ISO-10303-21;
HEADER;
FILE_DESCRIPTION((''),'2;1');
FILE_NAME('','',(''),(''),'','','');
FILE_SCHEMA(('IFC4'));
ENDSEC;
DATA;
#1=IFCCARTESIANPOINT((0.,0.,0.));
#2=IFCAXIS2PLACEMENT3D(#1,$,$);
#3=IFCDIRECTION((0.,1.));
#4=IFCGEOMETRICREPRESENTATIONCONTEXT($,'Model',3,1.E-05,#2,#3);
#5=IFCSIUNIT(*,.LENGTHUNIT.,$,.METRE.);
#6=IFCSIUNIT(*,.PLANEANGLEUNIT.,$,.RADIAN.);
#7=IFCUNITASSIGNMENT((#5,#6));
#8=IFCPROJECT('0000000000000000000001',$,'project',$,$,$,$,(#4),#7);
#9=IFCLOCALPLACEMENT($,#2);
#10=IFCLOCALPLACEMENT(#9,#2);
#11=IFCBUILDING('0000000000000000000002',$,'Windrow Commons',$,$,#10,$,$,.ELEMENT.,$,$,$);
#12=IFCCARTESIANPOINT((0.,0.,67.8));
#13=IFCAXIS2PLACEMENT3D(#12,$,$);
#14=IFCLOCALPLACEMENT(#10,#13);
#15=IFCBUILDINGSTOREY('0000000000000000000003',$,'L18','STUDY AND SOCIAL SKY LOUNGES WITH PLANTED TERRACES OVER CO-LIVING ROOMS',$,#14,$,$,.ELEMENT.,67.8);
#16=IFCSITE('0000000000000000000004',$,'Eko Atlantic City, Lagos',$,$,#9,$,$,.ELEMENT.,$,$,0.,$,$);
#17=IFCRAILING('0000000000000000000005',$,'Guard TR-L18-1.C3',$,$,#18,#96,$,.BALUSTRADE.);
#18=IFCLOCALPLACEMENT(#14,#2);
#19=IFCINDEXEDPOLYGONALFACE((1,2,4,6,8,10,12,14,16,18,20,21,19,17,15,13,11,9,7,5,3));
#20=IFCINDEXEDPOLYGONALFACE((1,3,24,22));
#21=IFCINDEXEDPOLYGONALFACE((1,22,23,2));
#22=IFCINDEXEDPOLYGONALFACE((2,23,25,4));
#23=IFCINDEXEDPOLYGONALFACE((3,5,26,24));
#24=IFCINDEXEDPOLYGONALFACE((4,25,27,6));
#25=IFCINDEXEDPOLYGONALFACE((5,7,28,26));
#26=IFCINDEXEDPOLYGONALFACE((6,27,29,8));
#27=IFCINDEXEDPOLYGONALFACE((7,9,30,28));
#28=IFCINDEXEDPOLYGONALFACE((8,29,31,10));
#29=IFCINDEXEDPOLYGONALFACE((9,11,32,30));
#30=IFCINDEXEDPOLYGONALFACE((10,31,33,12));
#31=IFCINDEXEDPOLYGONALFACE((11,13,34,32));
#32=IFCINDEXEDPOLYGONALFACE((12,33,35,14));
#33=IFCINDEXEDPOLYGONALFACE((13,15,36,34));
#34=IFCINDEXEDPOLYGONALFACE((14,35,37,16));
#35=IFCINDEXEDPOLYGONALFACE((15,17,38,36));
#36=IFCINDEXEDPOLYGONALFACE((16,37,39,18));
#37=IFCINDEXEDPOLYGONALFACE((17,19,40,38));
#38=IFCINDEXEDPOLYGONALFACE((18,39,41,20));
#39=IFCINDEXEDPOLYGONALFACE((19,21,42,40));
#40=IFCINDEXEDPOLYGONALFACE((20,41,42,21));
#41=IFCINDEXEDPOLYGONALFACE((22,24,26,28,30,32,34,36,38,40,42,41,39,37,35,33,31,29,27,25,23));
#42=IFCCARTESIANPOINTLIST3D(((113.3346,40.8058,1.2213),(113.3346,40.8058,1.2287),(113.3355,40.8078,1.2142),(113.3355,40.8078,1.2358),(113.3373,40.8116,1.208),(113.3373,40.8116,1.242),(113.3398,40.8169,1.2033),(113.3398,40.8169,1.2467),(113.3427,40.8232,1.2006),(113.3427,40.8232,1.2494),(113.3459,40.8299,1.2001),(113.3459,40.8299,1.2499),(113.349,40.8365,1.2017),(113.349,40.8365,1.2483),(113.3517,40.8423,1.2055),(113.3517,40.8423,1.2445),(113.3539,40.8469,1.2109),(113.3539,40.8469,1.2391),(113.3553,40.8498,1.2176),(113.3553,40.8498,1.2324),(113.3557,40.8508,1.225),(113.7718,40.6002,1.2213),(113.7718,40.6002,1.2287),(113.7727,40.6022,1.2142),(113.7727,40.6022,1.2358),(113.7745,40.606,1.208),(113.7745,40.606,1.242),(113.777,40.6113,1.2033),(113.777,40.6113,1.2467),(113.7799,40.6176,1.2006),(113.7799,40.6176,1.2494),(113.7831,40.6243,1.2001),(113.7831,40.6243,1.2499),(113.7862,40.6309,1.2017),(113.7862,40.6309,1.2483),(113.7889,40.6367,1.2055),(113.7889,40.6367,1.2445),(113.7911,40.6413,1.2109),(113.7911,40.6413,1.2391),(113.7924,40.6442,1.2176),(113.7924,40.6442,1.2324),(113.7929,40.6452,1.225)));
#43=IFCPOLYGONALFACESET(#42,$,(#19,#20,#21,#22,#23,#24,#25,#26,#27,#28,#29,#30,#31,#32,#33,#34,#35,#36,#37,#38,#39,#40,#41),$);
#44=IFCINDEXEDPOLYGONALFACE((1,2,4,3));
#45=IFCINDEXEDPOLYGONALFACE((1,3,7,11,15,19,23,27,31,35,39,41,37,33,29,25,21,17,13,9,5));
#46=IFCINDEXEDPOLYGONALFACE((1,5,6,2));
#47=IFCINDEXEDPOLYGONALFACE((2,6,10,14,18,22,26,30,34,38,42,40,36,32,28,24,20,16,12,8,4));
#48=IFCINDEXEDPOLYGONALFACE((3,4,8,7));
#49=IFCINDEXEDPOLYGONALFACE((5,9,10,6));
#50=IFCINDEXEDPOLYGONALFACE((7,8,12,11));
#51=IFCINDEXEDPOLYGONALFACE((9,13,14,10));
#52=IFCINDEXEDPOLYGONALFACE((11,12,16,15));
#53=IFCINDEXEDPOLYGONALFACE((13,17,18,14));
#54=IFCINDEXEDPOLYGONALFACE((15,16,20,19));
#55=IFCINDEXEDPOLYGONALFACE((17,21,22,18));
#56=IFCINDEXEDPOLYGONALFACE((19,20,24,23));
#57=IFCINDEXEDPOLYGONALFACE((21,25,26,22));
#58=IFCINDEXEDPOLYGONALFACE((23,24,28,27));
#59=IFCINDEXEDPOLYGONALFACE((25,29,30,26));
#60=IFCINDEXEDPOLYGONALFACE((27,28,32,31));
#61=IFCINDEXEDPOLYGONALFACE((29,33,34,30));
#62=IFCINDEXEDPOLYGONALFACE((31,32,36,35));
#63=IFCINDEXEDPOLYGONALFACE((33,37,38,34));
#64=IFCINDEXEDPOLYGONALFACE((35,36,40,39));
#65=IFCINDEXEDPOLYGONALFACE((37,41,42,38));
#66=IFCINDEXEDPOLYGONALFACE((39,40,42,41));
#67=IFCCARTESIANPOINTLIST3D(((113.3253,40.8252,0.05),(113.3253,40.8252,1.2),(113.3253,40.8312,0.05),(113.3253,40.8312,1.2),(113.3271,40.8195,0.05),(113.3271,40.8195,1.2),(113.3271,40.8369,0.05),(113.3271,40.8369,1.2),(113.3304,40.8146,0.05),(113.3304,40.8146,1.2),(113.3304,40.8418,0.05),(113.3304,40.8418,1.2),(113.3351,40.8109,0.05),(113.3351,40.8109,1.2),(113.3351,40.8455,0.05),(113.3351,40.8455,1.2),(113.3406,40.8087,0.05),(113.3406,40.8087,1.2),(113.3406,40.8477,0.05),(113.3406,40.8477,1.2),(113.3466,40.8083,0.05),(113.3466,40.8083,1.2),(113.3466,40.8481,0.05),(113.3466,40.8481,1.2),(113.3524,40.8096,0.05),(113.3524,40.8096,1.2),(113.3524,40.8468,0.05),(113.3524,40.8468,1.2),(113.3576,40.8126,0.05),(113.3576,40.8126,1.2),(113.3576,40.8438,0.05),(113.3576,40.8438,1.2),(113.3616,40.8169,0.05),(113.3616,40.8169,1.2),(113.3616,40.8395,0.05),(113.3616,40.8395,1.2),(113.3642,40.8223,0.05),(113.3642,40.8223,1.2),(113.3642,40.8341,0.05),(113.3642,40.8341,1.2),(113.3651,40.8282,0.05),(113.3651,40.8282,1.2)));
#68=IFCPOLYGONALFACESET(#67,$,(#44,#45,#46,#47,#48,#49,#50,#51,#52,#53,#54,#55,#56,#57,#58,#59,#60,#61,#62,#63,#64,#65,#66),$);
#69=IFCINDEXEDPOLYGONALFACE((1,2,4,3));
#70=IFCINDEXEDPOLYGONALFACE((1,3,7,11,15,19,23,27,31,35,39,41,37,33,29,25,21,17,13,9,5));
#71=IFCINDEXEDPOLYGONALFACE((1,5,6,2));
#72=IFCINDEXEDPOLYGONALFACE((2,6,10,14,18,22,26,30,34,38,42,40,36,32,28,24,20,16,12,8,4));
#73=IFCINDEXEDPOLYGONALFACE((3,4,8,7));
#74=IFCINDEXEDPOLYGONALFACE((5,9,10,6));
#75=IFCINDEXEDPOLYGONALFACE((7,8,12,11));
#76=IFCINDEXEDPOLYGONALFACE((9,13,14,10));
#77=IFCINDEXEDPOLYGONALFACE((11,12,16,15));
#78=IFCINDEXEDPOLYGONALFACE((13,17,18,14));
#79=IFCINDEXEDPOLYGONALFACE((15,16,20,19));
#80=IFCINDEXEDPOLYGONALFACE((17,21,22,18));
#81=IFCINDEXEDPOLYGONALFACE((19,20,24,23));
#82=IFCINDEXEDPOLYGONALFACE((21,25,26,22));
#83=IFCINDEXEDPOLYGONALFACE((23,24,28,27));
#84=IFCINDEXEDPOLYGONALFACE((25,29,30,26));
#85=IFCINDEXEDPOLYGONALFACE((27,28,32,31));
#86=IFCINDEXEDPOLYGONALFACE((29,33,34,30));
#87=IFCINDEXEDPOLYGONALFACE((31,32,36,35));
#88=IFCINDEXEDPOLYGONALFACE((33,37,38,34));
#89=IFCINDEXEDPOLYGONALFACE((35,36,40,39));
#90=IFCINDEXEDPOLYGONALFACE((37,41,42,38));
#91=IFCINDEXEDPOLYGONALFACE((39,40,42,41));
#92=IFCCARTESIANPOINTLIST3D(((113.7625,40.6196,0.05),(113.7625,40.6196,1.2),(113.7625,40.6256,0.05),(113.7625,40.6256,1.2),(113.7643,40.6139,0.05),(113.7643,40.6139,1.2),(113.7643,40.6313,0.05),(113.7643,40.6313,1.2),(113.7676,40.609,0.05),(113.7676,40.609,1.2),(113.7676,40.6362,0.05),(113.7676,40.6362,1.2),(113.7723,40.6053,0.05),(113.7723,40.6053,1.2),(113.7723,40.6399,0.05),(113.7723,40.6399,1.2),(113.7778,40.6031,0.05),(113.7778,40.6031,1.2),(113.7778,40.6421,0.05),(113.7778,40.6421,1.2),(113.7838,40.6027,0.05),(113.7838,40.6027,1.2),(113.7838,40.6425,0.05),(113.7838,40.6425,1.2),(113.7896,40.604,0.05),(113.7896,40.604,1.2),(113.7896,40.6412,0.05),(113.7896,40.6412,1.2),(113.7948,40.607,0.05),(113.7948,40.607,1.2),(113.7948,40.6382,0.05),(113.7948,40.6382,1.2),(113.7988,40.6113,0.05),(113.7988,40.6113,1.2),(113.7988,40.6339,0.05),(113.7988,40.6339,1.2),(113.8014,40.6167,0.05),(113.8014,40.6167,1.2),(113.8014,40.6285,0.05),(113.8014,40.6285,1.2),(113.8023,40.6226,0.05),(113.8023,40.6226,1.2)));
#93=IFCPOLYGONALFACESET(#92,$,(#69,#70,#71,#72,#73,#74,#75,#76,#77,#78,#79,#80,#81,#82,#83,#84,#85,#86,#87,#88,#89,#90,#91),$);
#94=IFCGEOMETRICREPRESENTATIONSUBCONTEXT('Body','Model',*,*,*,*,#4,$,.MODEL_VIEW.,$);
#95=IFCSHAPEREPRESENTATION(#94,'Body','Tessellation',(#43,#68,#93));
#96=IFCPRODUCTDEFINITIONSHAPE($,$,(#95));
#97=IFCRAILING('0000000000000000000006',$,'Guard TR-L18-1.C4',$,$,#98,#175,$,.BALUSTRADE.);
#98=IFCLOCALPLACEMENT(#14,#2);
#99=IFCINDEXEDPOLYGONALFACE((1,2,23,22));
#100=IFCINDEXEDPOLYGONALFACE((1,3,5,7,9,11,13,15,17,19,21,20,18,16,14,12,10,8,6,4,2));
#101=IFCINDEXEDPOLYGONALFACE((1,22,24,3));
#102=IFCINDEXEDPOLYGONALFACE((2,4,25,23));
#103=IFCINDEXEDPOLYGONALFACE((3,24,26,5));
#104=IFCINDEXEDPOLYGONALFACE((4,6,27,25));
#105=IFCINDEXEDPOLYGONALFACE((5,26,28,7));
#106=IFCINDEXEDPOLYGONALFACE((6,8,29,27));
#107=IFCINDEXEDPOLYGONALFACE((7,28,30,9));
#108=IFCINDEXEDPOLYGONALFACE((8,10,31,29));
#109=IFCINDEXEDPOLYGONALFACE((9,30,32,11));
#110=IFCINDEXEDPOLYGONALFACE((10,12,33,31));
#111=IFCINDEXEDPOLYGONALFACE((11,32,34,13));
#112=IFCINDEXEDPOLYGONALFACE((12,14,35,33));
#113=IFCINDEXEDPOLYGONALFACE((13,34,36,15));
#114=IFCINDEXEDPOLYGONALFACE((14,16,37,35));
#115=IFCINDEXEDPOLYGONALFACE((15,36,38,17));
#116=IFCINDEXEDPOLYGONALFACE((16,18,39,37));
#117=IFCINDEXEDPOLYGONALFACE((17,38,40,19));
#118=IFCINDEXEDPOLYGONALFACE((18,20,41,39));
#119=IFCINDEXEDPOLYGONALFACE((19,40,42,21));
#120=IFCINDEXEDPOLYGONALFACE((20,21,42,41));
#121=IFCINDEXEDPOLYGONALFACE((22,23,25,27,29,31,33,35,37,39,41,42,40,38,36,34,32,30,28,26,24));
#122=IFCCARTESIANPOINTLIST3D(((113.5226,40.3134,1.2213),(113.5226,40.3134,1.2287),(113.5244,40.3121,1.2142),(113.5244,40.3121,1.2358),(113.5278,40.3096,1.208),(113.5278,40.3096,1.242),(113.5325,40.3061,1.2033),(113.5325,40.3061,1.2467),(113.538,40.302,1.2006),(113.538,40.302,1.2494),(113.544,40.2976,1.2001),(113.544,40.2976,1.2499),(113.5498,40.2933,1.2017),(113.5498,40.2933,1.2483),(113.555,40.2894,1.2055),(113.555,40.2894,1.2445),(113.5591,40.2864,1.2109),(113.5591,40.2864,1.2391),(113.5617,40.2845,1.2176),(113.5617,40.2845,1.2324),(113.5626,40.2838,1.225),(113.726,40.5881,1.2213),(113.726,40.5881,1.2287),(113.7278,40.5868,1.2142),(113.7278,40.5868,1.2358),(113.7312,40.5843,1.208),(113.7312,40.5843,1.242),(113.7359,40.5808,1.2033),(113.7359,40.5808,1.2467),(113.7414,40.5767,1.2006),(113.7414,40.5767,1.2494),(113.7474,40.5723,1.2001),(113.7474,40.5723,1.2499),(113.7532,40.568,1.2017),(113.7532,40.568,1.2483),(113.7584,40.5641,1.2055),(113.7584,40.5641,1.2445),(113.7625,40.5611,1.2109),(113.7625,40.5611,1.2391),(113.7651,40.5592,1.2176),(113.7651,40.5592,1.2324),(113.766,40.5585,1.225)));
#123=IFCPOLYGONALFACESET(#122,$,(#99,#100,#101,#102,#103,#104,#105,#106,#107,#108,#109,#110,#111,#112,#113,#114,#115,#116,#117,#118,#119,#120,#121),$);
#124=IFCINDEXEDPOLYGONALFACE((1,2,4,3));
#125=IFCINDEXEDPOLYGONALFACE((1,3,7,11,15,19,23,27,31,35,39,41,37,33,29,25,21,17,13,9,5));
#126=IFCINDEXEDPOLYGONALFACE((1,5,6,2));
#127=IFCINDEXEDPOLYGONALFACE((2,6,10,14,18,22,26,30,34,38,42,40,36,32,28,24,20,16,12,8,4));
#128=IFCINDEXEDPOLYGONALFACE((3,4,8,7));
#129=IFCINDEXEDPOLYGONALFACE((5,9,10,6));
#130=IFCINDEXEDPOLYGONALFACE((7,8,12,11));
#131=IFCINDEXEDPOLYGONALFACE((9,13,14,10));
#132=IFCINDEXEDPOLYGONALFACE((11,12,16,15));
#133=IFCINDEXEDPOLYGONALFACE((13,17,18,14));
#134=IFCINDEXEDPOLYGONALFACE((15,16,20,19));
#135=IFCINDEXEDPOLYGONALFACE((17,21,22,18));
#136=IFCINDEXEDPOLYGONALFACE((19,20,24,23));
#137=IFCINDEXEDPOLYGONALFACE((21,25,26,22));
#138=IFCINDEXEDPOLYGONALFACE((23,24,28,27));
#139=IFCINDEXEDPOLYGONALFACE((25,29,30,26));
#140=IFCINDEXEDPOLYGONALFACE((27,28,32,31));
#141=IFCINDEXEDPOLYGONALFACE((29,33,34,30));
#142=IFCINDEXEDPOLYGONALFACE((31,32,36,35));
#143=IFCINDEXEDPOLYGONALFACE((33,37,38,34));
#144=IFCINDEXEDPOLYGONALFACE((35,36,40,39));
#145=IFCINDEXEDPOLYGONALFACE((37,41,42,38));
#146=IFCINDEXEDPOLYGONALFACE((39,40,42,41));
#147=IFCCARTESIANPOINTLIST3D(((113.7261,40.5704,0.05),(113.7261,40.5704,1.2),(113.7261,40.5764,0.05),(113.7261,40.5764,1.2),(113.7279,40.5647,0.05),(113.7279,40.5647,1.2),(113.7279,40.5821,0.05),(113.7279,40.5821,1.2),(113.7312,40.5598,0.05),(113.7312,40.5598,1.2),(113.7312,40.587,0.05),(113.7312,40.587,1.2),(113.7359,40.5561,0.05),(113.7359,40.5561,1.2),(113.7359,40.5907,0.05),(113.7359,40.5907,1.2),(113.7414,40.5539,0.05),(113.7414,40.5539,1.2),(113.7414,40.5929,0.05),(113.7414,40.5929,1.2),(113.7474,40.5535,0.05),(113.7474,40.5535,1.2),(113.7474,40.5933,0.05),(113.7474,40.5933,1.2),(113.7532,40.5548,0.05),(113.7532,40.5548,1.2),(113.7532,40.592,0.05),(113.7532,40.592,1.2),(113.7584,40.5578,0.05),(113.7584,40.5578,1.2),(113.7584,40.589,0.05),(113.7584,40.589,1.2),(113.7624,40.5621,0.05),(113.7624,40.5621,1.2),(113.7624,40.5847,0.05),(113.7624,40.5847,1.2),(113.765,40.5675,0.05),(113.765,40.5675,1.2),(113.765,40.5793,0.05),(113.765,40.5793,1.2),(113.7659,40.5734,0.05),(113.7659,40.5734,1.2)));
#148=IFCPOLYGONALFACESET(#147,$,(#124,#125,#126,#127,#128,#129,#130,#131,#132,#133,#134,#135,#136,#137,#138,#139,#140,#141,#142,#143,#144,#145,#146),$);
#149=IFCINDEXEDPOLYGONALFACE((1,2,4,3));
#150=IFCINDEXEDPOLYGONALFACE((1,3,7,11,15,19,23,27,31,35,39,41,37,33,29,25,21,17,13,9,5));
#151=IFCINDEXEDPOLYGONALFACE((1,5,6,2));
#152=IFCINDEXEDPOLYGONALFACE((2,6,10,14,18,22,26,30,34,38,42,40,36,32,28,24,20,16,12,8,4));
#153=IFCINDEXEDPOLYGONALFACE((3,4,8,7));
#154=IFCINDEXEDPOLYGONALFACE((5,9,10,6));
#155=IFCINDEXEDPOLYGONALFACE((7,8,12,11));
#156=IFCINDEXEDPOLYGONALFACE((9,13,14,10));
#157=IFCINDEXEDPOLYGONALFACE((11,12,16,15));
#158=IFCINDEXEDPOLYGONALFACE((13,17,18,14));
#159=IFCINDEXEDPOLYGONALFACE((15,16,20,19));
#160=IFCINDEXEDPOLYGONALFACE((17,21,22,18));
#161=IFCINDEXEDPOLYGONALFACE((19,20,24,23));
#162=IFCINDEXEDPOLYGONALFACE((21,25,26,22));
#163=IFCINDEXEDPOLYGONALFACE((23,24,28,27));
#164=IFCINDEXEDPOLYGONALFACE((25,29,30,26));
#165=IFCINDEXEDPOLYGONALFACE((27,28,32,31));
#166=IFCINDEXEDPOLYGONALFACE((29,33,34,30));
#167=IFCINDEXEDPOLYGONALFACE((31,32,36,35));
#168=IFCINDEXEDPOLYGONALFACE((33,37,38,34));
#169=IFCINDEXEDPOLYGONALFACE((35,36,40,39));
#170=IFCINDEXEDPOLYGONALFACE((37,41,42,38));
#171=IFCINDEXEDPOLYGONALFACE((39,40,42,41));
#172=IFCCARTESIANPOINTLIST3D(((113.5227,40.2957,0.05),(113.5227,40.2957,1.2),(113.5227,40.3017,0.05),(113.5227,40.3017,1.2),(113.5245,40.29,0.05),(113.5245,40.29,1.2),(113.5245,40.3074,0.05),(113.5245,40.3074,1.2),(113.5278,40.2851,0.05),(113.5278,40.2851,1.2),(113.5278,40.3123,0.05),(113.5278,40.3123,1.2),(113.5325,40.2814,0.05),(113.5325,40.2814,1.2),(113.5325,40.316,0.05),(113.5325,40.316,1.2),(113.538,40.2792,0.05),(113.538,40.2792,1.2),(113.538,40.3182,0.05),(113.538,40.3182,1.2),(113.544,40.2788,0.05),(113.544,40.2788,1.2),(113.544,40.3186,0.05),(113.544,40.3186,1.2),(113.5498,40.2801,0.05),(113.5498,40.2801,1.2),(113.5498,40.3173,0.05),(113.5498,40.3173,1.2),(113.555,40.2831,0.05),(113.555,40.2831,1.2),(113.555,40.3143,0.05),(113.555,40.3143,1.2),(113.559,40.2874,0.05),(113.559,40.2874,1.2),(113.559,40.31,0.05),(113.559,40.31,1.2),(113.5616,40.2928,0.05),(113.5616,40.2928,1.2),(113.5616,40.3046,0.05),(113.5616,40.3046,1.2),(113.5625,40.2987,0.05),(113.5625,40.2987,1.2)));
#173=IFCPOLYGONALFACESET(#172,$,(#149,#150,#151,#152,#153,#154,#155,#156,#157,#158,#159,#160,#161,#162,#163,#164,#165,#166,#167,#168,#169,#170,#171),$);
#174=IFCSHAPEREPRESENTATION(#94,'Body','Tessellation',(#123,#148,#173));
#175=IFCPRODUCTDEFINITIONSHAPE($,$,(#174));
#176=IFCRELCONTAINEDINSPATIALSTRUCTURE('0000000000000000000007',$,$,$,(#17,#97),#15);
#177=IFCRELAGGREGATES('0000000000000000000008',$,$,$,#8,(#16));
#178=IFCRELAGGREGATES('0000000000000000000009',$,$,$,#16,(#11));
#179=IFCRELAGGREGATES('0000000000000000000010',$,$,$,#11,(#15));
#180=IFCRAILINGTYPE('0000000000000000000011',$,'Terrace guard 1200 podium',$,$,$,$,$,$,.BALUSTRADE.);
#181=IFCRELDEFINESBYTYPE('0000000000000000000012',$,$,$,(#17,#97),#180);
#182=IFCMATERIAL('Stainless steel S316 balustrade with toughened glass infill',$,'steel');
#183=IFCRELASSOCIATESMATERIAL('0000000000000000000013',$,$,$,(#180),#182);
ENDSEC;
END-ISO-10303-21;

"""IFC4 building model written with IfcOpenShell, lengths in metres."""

from ifc_helpers import new_model, si_unit, direction, frame, origin, origin_2d, place, context, subcontext, project, spatial, circle, extrude, material, type_object, element, save


model = new_model("IFC4")

# Units and contexts
model_context = context("Model", 3, precision=1e-05, world=origin(), true_north=direction((0.0, 1.0)))
body_context = subcontext(model_context, "Body", "Model", "MODEL_VIEW")
ifc_project = project(units=[si_unit("LENGTHUNIT", "METRE"), si_unit("PLANEANGLEUNIT", "RADIAN")], contexts=[model_context])

# Site, building, storey
site_placement = place(None, origin())
site = spatial("IfcSite", under=ifc_project, at=site_placement, Name="Eko Atlantic City, Lagos", CompositionType="ELEMENT", RefElevation=0.0)
building_placement = place(site_placement, origin())
building = spatial("IfcBuilding", under=site, at=building_placement, Name="Windrow Commons", CompositionType="ELEMENT")
storey_placement = place(building_placement, frame((0.0, 0.0, 67.8)))
storey = spatial("IfcBuildingStorey", under=building, at=storey_placement, Name="L18", Description="STUDY AND SOCIAL SKY LOUNGES WITH PLANTED TERRACES OVER CO-LIVING ROOMS", CompositionType="ELEMENT", Elevation=67.8)

# Railings
ifc_material_1 = material(Name="Stainless steel S316 balustrade with toughened glass infill", Category="steel")
railing_type = type_object("IfcRailingType", Name="Terrace guard 1200 podium", PredefinedType="BALUSTRADE", material=ifc_material_1)
railing_1_placement = place(storey_placement, frame((113.3451, 40.8282, 0.05)))
element("IfcRailing", 1, at=railing_1_placement, inside=storey, type_object=railing_type, Name="Guard TR-L18-1.C3", PredefinedType="BALUSTRADE", context=body_context, shape_type="SweptSolid", body=[
    extrude(circle(Radius=0.025, at=origin_2d()), frame((0.0, 0.0, 1.175), z_axis=(0.904931, -0.425558, 0.0), x_axis=(0.425558, 0.904931, 0.0)), (0.0, 0.0, 1.0), 0.4831),
    extrude(circle(Radius=0.02, at=origin_2d()), origin(), (0.0, 0.0, 1.0), 1.15),
    extrude(circle(Radius=0.02, at=origin_2d()), frame((0.4372, -0.2056, 0.0)), (0.0, 0.0, 1.0), 1.15),
])
railing_2_placement = place(storey_placement, frame((113.7459, 40.5734, 0.05)))
element("IfcRailing", 2, at=railing_2_placement, inside=storey, type_object=railing_type, Name="Guard TR-L18-1.C4", PredefinedType="BALUSTRADE", context=body_context, shape_type="SweptSolid", body=[
    extrude(circle(Radius=0.025, at=origin_2d()), frame((0.0, 0.0, 1.175), z_axis=(-0.595074, -0.803671, 0.0), x_axis=(0.803671, -0.595074, 0.0)), (0.0, 0.0, 1.0), 0.3418),
    extrude(circle(Radius=0.02, at=origin_2d()), origin(), (0.0, 0.0, 1.0), 1.15),
    extrude(circle(Radius=0.02, at=origin_2d()), frame((-0.2034, -0.2747, 0.0)), (0.0, 0.0, 1.0), 1.15),
])

save(model, "model.ifc")
